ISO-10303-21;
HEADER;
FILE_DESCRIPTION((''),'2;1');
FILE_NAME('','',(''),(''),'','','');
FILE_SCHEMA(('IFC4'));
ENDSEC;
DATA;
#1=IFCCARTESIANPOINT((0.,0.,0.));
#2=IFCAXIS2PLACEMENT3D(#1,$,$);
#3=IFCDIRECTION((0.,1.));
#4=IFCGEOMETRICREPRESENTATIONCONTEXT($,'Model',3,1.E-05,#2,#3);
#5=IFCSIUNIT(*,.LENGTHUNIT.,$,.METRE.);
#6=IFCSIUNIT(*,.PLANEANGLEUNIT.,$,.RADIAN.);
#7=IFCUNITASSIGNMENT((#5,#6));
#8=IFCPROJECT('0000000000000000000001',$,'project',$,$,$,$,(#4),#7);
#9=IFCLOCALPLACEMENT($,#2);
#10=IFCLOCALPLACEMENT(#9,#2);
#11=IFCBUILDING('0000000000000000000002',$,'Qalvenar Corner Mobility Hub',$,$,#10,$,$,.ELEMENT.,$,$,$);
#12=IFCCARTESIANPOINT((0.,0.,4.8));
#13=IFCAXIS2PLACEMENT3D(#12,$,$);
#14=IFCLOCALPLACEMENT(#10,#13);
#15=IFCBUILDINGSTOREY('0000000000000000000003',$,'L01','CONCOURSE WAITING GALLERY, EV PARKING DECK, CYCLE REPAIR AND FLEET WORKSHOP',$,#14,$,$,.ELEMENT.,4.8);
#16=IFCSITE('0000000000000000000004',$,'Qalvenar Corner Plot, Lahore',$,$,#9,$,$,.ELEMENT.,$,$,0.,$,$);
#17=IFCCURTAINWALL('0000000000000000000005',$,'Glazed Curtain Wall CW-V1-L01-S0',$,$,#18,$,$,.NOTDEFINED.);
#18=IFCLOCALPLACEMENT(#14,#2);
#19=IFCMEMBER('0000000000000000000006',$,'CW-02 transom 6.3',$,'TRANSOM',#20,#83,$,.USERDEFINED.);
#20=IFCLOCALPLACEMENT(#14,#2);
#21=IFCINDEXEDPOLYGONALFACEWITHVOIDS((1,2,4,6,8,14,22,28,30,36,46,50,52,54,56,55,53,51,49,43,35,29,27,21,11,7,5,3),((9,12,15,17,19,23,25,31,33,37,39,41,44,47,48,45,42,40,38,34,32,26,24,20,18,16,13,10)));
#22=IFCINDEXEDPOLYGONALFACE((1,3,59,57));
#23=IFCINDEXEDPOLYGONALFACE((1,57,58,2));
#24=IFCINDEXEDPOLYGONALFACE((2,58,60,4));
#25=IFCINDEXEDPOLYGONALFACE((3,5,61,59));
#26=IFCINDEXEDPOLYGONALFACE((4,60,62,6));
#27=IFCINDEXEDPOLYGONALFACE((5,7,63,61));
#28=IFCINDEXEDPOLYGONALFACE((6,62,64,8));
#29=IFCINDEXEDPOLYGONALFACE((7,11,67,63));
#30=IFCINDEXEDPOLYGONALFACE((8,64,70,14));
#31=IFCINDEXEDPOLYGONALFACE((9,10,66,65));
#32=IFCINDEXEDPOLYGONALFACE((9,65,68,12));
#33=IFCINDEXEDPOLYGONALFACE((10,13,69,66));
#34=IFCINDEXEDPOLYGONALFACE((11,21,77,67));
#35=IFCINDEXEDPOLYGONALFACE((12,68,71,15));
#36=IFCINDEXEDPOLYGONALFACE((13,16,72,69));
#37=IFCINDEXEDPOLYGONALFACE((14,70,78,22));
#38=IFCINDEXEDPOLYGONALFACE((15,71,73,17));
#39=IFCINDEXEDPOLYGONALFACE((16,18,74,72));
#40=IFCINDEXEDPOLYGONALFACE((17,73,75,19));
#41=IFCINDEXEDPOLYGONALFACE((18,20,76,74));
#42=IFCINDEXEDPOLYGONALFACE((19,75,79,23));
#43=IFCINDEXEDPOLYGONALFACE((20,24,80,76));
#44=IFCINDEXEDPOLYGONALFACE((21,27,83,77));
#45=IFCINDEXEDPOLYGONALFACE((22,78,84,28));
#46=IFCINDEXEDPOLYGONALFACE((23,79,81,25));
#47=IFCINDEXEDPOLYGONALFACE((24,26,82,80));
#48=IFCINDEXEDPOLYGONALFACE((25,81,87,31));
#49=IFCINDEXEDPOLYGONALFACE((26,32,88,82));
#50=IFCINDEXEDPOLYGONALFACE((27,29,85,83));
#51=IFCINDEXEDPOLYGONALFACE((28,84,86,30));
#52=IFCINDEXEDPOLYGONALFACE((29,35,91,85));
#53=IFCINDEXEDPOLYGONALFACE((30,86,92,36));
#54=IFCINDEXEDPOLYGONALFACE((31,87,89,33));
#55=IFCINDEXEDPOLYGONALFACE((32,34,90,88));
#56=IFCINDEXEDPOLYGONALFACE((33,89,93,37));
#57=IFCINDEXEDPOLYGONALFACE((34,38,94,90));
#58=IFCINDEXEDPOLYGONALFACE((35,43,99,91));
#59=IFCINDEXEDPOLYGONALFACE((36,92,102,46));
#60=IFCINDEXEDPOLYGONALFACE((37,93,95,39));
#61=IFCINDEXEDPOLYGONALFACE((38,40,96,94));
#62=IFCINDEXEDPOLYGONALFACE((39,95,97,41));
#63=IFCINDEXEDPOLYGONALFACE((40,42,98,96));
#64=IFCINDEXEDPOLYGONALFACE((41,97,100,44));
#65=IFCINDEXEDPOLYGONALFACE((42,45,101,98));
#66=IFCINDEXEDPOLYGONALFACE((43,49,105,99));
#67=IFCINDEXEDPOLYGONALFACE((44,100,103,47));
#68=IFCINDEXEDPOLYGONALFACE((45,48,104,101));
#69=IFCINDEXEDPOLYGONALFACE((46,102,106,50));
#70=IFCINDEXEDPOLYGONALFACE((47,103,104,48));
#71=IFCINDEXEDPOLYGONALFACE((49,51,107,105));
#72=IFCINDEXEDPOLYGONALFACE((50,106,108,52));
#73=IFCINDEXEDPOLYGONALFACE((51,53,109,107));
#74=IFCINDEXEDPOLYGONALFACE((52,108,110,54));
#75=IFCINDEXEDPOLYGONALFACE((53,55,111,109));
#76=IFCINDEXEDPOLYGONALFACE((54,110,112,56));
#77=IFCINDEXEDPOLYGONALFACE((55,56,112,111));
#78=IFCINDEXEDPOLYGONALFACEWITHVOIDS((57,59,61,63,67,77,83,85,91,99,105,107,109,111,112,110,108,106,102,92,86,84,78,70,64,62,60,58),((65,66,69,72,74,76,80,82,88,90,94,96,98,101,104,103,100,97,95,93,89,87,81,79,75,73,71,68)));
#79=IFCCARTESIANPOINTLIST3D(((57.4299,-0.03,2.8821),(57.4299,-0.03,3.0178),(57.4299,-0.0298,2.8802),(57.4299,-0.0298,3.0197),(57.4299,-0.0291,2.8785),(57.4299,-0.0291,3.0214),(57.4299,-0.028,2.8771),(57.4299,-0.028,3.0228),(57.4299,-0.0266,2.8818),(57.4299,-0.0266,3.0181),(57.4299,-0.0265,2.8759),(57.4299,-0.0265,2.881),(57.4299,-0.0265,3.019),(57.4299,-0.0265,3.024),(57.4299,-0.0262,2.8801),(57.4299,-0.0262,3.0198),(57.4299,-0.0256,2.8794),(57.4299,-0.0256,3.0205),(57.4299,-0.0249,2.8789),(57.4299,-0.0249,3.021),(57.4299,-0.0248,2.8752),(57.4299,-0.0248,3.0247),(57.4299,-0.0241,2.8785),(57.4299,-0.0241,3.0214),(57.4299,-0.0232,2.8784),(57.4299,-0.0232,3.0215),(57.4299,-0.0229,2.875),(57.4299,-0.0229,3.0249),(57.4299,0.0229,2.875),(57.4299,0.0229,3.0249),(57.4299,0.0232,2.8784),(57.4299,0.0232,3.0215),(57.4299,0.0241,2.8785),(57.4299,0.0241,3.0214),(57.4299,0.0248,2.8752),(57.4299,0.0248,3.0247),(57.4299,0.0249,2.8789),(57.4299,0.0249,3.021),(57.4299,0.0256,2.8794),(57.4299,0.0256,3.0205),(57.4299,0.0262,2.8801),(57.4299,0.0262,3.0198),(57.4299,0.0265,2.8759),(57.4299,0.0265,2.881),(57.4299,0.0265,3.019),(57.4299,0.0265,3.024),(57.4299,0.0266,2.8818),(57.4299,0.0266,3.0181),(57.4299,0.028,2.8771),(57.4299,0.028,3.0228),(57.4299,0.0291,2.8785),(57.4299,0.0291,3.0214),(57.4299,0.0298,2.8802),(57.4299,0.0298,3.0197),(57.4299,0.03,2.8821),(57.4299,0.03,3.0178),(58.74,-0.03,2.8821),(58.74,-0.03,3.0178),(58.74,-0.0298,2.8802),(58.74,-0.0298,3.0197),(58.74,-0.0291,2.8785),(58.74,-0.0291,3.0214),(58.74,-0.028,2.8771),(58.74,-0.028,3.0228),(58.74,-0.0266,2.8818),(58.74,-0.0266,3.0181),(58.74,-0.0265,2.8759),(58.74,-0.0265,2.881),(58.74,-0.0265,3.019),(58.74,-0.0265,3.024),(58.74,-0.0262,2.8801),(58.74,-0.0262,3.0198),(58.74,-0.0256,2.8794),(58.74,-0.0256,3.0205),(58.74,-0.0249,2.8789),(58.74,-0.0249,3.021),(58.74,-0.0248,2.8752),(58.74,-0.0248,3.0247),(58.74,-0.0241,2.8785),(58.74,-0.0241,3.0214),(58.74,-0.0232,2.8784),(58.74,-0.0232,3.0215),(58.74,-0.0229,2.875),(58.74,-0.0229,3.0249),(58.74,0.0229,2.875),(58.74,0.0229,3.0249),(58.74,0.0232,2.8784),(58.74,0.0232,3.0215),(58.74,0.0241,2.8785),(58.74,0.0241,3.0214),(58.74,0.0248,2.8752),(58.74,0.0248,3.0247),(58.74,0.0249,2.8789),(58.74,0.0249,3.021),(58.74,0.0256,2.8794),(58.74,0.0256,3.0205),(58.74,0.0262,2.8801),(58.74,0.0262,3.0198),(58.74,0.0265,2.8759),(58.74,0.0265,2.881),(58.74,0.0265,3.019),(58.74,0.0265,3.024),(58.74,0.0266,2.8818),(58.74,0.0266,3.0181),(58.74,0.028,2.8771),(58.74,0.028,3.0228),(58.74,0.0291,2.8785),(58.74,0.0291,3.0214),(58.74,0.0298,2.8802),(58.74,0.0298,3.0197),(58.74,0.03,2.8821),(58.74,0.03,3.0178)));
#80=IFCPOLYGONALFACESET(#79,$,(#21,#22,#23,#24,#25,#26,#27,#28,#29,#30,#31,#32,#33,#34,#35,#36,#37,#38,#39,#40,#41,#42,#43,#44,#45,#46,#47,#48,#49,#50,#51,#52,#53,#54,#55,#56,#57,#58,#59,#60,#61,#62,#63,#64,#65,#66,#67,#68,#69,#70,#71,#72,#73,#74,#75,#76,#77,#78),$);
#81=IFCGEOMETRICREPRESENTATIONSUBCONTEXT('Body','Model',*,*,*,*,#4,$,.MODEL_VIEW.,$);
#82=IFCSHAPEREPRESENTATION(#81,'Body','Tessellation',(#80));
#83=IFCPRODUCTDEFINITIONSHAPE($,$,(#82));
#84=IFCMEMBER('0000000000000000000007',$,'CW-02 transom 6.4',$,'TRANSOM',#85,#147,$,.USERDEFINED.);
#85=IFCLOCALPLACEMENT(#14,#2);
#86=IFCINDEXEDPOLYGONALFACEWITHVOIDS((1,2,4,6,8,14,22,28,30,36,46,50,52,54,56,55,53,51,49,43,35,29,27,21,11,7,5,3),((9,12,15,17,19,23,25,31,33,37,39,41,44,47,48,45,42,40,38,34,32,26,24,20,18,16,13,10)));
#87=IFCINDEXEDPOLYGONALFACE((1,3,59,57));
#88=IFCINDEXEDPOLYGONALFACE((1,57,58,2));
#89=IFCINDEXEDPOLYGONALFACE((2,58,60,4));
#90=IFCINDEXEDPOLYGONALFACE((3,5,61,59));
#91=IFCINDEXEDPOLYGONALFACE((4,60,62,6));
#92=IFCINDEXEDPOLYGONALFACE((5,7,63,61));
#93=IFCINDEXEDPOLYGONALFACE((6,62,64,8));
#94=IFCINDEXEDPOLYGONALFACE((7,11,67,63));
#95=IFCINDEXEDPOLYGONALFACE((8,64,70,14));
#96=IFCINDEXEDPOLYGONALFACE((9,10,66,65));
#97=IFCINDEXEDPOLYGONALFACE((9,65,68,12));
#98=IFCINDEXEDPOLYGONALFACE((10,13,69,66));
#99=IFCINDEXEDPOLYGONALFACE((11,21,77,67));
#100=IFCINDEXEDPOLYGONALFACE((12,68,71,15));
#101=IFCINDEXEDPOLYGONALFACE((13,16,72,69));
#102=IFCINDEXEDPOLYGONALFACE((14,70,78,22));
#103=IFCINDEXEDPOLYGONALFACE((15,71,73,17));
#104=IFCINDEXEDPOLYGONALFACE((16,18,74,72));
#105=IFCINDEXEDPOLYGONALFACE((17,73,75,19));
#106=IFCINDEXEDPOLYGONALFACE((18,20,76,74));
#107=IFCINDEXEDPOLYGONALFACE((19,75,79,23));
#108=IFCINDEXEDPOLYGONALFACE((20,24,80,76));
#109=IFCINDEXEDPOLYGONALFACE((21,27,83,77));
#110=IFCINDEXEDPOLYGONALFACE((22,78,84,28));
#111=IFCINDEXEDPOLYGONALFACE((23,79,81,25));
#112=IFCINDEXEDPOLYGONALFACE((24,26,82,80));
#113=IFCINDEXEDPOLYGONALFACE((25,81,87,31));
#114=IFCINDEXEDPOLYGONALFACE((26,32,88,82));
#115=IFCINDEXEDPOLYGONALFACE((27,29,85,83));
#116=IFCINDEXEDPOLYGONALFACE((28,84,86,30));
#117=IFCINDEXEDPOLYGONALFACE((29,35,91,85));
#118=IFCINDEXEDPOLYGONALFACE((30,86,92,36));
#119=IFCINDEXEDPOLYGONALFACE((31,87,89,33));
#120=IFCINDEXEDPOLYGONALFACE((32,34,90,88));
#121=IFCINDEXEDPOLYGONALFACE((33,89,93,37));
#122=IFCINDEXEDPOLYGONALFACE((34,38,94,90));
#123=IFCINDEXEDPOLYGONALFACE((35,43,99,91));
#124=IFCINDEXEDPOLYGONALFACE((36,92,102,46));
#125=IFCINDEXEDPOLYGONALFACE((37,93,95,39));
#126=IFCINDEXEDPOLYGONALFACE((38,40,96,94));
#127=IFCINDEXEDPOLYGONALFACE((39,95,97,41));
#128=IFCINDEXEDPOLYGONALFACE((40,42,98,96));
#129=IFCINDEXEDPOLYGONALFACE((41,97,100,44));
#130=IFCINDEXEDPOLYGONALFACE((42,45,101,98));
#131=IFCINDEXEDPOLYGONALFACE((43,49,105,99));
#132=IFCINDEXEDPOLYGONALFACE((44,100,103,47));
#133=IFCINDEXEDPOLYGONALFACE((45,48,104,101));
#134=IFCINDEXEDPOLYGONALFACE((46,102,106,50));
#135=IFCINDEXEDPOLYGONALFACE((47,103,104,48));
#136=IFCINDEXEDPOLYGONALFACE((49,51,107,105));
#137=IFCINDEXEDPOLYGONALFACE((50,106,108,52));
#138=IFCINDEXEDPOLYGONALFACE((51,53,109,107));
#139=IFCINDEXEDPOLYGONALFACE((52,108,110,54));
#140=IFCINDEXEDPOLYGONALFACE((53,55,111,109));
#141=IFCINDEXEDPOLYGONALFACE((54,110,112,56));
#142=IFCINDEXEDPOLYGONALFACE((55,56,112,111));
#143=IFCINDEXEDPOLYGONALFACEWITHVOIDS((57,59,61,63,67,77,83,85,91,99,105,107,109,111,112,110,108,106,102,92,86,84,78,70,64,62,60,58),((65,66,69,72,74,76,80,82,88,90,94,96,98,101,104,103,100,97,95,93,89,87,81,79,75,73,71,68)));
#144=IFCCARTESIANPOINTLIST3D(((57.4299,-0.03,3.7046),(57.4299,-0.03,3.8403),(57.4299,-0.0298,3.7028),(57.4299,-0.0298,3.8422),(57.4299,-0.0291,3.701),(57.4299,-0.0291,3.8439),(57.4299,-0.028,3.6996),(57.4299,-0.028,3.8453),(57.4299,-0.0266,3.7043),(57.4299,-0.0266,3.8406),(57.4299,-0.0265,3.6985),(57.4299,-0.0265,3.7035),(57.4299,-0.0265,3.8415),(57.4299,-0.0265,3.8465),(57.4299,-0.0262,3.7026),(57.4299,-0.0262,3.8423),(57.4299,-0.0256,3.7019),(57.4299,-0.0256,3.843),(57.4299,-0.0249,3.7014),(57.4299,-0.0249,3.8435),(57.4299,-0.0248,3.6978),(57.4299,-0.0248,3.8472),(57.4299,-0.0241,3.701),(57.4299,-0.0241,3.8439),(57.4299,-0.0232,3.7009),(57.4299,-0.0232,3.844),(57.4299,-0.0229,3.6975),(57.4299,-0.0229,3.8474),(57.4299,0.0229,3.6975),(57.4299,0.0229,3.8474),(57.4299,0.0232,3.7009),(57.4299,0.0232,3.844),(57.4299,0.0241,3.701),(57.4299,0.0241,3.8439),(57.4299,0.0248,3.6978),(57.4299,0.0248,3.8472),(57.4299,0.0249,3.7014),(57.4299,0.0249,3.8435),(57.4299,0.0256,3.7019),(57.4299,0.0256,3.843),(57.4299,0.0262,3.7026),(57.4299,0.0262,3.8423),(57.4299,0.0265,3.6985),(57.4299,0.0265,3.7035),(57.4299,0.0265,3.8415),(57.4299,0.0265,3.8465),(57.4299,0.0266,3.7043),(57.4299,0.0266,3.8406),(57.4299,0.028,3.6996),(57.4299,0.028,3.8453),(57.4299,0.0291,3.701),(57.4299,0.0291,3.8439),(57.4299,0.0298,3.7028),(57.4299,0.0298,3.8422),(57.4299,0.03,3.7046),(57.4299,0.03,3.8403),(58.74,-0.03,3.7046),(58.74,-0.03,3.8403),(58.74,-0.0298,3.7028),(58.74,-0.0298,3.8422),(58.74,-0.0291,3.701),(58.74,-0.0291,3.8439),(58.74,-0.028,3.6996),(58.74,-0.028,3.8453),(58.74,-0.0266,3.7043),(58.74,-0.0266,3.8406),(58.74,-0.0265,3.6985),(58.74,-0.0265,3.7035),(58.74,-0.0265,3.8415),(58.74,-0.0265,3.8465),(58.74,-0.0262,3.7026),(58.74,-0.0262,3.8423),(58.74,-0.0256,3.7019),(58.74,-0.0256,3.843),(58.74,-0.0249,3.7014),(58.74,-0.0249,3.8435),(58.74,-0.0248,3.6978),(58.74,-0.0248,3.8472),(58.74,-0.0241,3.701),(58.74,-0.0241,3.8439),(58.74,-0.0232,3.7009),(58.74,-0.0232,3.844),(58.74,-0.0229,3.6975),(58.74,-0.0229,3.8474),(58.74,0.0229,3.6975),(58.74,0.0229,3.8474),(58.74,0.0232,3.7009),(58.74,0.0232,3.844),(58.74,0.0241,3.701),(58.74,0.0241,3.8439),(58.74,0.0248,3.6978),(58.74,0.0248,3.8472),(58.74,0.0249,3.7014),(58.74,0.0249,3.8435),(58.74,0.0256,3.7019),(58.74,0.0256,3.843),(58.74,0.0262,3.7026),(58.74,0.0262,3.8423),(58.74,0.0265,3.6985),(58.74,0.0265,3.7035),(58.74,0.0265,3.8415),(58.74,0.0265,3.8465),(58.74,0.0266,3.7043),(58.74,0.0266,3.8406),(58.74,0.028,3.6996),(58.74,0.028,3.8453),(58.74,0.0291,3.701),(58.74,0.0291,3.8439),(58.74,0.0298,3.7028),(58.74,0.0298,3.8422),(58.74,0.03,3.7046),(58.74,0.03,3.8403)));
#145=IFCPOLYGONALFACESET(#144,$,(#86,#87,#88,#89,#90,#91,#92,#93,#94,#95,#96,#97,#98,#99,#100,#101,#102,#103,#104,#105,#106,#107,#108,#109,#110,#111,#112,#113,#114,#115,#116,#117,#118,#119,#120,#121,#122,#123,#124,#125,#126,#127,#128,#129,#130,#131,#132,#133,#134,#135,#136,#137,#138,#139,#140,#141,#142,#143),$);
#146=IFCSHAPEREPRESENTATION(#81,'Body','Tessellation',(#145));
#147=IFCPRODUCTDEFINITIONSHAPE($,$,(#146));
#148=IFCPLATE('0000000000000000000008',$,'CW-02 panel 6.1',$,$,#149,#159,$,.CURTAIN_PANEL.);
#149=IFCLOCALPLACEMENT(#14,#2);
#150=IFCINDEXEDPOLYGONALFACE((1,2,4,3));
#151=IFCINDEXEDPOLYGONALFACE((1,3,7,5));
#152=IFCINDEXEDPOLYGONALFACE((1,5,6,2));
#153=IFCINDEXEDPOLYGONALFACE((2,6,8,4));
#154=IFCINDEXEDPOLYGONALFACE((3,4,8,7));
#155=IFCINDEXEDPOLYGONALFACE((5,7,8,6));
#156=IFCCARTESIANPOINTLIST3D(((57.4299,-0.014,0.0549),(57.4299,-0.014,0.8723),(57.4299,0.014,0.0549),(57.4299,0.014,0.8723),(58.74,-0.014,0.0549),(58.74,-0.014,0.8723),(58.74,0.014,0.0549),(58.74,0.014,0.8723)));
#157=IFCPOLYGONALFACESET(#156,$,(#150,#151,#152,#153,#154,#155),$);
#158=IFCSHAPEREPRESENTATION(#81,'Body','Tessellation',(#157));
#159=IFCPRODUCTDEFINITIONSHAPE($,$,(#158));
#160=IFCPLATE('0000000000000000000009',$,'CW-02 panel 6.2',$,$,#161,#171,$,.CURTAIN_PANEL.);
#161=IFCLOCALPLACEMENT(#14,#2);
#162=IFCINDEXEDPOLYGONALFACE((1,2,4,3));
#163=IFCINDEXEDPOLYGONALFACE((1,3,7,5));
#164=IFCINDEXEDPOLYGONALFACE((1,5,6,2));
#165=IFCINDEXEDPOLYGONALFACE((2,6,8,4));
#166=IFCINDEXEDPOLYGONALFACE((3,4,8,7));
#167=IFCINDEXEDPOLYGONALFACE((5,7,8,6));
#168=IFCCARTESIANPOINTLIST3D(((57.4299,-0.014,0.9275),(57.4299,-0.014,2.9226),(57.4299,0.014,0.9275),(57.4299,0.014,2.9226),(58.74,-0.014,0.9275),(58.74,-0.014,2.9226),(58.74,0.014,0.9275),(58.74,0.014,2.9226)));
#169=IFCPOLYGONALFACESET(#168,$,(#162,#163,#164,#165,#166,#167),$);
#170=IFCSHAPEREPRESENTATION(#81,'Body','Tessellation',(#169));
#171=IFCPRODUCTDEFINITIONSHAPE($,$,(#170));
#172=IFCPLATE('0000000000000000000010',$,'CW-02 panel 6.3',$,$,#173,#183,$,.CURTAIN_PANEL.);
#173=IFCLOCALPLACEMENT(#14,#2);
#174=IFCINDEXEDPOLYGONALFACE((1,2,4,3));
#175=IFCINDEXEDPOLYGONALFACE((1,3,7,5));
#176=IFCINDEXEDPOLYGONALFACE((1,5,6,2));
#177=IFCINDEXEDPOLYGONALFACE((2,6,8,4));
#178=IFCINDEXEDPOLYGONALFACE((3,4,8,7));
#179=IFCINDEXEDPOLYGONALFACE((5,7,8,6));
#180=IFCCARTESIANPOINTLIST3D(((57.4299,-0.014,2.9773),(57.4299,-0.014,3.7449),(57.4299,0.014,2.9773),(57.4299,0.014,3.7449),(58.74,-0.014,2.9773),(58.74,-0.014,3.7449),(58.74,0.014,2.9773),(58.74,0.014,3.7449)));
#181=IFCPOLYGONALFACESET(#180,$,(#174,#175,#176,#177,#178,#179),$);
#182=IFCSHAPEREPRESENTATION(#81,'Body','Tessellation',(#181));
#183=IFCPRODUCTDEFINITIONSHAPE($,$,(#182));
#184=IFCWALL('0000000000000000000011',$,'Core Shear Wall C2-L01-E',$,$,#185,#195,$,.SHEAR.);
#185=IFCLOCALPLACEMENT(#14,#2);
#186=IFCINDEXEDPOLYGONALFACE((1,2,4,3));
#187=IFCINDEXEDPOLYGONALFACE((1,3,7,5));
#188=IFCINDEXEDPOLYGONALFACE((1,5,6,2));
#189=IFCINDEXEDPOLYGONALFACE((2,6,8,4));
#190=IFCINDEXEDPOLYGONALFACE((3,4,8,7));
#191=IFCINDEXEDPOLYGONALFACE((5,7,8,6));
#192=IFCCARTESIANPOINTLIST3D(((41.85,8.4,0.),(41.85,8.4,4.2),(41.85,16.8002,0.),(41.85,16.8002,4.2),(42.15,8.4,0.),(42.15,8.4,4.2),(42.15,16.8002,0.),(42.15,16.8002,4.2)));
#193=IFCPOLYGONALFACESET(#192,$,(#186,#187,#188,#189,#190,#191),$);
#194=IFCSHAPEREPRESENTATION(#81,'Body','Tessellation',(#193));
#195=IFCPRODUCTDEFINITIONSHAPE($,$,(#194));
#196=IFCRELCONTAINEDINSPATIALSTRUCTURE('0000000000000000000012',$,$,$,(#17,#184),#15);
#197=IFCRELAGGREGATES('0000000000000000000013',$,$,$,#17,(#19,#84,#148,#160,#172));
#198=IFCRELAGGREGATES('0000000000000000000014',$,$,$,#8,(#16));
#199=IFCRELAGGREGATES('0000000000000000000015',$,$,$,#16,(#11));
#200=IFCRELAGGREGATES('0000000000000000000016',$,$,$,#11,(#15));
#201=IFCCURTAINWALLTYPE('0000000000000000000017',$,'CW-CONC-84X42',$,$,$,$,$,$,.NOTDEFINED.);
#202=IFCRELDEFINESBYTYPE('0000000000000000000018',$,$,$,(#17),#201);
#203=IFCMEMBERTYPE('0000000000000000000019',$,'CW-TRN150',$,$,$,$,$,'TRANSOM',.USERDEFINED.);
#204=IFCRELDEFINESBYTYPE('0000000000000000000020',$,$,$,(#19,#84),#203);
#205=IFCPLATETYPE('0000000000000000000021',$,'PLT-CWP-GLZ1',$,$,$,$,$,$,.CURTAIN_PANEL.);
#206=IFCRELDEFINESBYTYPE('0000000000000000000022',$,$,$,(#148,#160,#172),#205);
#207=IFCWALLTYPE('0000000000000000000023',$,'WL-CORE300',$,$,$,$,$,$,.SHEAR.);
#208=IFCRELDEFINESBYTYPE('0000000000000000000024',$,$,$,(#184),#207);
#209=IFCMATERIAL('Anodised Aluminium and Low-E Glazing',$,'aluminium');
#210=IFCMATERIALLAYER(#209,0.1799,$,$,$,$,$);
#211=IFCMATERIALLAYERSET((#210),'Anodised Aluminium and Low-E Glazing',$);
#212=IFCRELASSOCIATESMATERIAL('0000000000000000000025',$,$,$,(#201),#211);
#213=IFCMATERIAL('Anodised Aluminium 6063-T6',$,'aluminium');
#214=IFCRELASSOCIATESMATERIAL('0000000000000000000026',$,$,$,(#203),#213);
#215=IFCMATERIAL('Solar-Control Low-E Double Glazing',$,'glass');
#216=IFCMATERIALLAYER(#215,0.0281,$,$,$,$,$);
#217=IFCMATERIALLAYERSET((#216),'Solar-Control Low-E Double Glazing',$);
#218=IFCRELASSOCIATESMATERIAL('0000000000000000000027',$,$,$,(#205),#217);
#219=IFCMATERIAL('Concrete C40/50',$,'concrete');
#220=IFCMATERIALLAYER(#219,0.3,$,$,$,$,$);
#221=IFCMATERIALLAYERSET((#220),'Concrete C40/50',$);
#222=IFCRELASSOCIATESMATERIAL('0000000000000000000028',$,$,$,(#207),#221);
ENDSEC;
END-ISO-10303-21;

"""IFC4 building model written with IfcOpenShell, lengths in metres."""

from ifc_helpers import new_model, si_unit, direction, frame, frame_2d, origin, origin_2d, place, context, subcontext, project, spatial, rectangle, hollow_rectangle, extrude, material, layer, layer_set, material_profile, profile_set, type_object, element, aggregate, save


model = new_model("IFC4")

# Units and contexts
model_context = context("Model", 3, precision=1e-05, world=origin(), true_north=direction((0.0, 1.0)))
body_context = subcontext(model_context, "Body", "Model", "MODEL_VIEW")
ifc_project = project(units=[si_unit("LENGTHUNIT", "METRE"), si_unit("PLANEANGLEUNIT", "RADIAN")], contexts=[model_context])

# Site, building, storey
site_placement = place(None, origin())
site = spatial("IfcSite", under=ifc_project, at=site_placement, Name="Qalvenar Corner Plot, Lahore", CompositionType="ELEMENT", RefElevation=0.0)
building_placement = place(site_placement, origin())
building = spatial("IfcBuilding", under=site, at=building_placement, Name="Qalvenar Corner Mobility Hub", CompositionType="ELEMENT")
storey_placement = place(building_placement, frame((0.0, 0.0, 4.8)))
storey = spatial("IfcBuildingStorey", under=building, at=storey_placement, Name="L01", Description="CONCOURSE WAITING GALLERY, EV PARKING DECK, CYCLE REPAIR AND FLEET WORKSHOP", CompositionType="ELEMENT", Elevation=4.8)

# Curtain wall
ifc_material_1 = material(Name="Anodised Aluminium and Low-E Glazing", Category="aluminium")
ifc_layer_1 = layer(ifc_material_1, 0.1799)
ifc_layer_set_1 = layer_set([ifc_layer_1], Name="Anodised Aluminium and Low-E Glazing")
curtain_wall_type = type_object("IfcCurtainWallType", Name="CW-CONC-84X42", PredefinedType="NOTDEFINED", material=ifc_layer_set_1)
curtain_wall_1_placement = place(storey_placement, origin())
curtain_wall_1 = element("IfcCurtainWall", 1, at=curtain_wall_1_placement, inside=storey, type_object=curtain_wall_type, Name="Glazed Curtain Wall CW-V1-L01-S0", PredefinedType="NOTDEFINED")
ifc_material_2 = material(Name="Anodised Aluminium 6063-T6", Category="aluminium")

# Members
ifc_material_profile_1 = material_profile(ifc_material_2, hollow_rectangle(XDim=0.0601, YDim=0.1499, WallThickness=0.0034, InnerFilletRadius=0.0034, OuterFilletRadius=0.0071, at=origin_2d()), Name="RHS150x60x3.5")
ifc_profile_set_1 = profile_set([ifc_material_profile_1], Name="Anodised Aluminium 6063-T6")
member_type_1 = type_object("IfcMemberType", Name="CW-TRN150", ElementType="TRANSOM", PredefinedType="USERDEFINED", material=ifc_profile_set_1)
member_1_placement = place(storey_placement, frame((57.4299, 0.0, 2.95), z_axis=(1.0, 0.0, 0.0), x_axis=(0.0, 1.0, 0.0)))
member_1 = element("IfcMember", 2, at=member_1_placement, type_object=member_type_1, Name="CW-02 transom 6.3", ObjectType="TRANSOM", PredefinedType="USERDEFINED", context=body_context, shape_type="SweptSolid", body=[
    extrude(hollow_rectangle(XDim=0.0601, YDim=0.1499, WallThickness=0.0034, InnerFilletRadius=0.0034, OuterFilletRadius=0.0071, at=origin_2d()), origin(), (0.0, 0.0, 1.0), 1.3101),
])
member_2_placement = place(storey_placement, frame((57.4299, 0.0, 3.7725), z_axis=(1.0, 0.0, 0.0), x_axis=(0.0, 1.0, 0.0)))
member_2 = element("IfcMember", 3, at=member_2_placement, type_object=member_type_1, Name="CW-02 transom 6.4", ObjectType="TRANSOM", PredefinedType="USERDEFINED", context=body_context, shape_type="SweptSolid", body=[
    extrude(hollow_rectangle(XDim=0.0601, YDim=0.1499, WallThickness=0.0034, InnerFilletRadius=0.0034, OuterFilletRadius=0.0071, at=origin_2d()), origin(), (0.0, 0.0, 1.0), 1.3101),
])

# Plates
ifc_material_3 = material(Name="Solar-Control Low-E Double Glazing", Category="glass")
ifc_layer_2 = layer(ifc_material_3, 0.0281)
ifc_layer_set_2 = layer_set([ifc_layer_2], Name="Solar-Control Low-E Double Glazing")
plate_type = type_object("IfcPlateType", Name="PLT-CWP-GLZ1", PredefinedType="CURTAIN_PANEL", material=ifc_layer_set_2)
plate_1_placement = place(storey_placement, frame((58.085, 0.0, 0.0549), z_axis=(0.0, 0.0, 1.0), x_axis=(1.0, 0.0, 0.0)))
plate_1 = element("IfcPlate", 4, at=plate_1_placement, type_object=plate_type, Name="CW-02 panel 6.1", PredefinedType="CURTAIN_PANEL", context=body_context, shape_type="SweptSolid", body=[
    extrude(rectangle(XDim=1.3101, YDim=0.0281, at=origin_2d()), origin(), (0.0, 0.0, 1.0), 0.8174),
])
plate_2_placement = place(storey_placement, frame((58.085, 0.0, 0.9275), z_axis=(0.0, 0.0, 1.0), x_axis=(1.0, 0.0, 0.0)))
plate_2 = element("IfcPlate", 5, at=plate_2_placement, type_object=plate_type, Name="CW-02 panel 6.2", PredefinedType="CURTAIN_PANEL", context=body_context, shape_type="SweptSolid", body=[
    extrude(rectangle(XDim=1.3101, YDim=0.0281, at=origin_2d()), origin(), (0.0, 0.0, 1.0), 1.9951),
])
plate_3_placement = place(storey_placement, frame((58.085, 0.0, 2.9773), z_axis=(0.0, 0.0, 1.0), x_axis=(1.0, 0.0, 0.0)))
plate_3 = element("IfcPlate", 6, at=plate_3_placement, type_object=plate_type, Name="CW-02 panel 6.3", PredefinedType="CURTAIN_PANEL", context=body_context, shape_type="SweptSolid", body=[
    extrude(rectangle(XDim=1.3101, YDim=0.0281, at=origin_2d()), origin(), (0.0, 0.0, 1.0), 0.7676),
])
aggregate(curtain_wall_1, [member_1, member_2, plate_1, plate_2, plate_3])

# Wall
ifc_material_4 = material(Name="Concrete C40/50", Category="concrete")
ifc_layer_3 = layer(ifc_material_4, 0.3)
ifc_layer_set_3 = layer_set([ifc_layer_3], Name="Concrete C40/50")
wall_type_1 = type_object("IfcWallType", Name="WL-CORE300", PredefinedType="SHEAR", material=ifc_layer_set_3)
wall_1_placement = place(storey_placement, frame((42.0, 8.3999, 0.0), z_axis=(0.0, 0.0, 1.0), x_axis=(0.0, 1.0, 0.0)))
element("IfcWall", 7, at=wall_1_placement, inside=storey, type_object=wall_type_1, Name="Core Shear Wall C2-L01-E", PredefinedType="SHEAR", context=body_context, shape_type="SweptSolid", body=[
    extrude(rectangle(XDim=8.4001, YDim=0.3, at=frame_2d((4.2002, 0.0))), origin(), (0.0, 0.0, 1.0), 4.2),
])

save(model, "model.ifc")
